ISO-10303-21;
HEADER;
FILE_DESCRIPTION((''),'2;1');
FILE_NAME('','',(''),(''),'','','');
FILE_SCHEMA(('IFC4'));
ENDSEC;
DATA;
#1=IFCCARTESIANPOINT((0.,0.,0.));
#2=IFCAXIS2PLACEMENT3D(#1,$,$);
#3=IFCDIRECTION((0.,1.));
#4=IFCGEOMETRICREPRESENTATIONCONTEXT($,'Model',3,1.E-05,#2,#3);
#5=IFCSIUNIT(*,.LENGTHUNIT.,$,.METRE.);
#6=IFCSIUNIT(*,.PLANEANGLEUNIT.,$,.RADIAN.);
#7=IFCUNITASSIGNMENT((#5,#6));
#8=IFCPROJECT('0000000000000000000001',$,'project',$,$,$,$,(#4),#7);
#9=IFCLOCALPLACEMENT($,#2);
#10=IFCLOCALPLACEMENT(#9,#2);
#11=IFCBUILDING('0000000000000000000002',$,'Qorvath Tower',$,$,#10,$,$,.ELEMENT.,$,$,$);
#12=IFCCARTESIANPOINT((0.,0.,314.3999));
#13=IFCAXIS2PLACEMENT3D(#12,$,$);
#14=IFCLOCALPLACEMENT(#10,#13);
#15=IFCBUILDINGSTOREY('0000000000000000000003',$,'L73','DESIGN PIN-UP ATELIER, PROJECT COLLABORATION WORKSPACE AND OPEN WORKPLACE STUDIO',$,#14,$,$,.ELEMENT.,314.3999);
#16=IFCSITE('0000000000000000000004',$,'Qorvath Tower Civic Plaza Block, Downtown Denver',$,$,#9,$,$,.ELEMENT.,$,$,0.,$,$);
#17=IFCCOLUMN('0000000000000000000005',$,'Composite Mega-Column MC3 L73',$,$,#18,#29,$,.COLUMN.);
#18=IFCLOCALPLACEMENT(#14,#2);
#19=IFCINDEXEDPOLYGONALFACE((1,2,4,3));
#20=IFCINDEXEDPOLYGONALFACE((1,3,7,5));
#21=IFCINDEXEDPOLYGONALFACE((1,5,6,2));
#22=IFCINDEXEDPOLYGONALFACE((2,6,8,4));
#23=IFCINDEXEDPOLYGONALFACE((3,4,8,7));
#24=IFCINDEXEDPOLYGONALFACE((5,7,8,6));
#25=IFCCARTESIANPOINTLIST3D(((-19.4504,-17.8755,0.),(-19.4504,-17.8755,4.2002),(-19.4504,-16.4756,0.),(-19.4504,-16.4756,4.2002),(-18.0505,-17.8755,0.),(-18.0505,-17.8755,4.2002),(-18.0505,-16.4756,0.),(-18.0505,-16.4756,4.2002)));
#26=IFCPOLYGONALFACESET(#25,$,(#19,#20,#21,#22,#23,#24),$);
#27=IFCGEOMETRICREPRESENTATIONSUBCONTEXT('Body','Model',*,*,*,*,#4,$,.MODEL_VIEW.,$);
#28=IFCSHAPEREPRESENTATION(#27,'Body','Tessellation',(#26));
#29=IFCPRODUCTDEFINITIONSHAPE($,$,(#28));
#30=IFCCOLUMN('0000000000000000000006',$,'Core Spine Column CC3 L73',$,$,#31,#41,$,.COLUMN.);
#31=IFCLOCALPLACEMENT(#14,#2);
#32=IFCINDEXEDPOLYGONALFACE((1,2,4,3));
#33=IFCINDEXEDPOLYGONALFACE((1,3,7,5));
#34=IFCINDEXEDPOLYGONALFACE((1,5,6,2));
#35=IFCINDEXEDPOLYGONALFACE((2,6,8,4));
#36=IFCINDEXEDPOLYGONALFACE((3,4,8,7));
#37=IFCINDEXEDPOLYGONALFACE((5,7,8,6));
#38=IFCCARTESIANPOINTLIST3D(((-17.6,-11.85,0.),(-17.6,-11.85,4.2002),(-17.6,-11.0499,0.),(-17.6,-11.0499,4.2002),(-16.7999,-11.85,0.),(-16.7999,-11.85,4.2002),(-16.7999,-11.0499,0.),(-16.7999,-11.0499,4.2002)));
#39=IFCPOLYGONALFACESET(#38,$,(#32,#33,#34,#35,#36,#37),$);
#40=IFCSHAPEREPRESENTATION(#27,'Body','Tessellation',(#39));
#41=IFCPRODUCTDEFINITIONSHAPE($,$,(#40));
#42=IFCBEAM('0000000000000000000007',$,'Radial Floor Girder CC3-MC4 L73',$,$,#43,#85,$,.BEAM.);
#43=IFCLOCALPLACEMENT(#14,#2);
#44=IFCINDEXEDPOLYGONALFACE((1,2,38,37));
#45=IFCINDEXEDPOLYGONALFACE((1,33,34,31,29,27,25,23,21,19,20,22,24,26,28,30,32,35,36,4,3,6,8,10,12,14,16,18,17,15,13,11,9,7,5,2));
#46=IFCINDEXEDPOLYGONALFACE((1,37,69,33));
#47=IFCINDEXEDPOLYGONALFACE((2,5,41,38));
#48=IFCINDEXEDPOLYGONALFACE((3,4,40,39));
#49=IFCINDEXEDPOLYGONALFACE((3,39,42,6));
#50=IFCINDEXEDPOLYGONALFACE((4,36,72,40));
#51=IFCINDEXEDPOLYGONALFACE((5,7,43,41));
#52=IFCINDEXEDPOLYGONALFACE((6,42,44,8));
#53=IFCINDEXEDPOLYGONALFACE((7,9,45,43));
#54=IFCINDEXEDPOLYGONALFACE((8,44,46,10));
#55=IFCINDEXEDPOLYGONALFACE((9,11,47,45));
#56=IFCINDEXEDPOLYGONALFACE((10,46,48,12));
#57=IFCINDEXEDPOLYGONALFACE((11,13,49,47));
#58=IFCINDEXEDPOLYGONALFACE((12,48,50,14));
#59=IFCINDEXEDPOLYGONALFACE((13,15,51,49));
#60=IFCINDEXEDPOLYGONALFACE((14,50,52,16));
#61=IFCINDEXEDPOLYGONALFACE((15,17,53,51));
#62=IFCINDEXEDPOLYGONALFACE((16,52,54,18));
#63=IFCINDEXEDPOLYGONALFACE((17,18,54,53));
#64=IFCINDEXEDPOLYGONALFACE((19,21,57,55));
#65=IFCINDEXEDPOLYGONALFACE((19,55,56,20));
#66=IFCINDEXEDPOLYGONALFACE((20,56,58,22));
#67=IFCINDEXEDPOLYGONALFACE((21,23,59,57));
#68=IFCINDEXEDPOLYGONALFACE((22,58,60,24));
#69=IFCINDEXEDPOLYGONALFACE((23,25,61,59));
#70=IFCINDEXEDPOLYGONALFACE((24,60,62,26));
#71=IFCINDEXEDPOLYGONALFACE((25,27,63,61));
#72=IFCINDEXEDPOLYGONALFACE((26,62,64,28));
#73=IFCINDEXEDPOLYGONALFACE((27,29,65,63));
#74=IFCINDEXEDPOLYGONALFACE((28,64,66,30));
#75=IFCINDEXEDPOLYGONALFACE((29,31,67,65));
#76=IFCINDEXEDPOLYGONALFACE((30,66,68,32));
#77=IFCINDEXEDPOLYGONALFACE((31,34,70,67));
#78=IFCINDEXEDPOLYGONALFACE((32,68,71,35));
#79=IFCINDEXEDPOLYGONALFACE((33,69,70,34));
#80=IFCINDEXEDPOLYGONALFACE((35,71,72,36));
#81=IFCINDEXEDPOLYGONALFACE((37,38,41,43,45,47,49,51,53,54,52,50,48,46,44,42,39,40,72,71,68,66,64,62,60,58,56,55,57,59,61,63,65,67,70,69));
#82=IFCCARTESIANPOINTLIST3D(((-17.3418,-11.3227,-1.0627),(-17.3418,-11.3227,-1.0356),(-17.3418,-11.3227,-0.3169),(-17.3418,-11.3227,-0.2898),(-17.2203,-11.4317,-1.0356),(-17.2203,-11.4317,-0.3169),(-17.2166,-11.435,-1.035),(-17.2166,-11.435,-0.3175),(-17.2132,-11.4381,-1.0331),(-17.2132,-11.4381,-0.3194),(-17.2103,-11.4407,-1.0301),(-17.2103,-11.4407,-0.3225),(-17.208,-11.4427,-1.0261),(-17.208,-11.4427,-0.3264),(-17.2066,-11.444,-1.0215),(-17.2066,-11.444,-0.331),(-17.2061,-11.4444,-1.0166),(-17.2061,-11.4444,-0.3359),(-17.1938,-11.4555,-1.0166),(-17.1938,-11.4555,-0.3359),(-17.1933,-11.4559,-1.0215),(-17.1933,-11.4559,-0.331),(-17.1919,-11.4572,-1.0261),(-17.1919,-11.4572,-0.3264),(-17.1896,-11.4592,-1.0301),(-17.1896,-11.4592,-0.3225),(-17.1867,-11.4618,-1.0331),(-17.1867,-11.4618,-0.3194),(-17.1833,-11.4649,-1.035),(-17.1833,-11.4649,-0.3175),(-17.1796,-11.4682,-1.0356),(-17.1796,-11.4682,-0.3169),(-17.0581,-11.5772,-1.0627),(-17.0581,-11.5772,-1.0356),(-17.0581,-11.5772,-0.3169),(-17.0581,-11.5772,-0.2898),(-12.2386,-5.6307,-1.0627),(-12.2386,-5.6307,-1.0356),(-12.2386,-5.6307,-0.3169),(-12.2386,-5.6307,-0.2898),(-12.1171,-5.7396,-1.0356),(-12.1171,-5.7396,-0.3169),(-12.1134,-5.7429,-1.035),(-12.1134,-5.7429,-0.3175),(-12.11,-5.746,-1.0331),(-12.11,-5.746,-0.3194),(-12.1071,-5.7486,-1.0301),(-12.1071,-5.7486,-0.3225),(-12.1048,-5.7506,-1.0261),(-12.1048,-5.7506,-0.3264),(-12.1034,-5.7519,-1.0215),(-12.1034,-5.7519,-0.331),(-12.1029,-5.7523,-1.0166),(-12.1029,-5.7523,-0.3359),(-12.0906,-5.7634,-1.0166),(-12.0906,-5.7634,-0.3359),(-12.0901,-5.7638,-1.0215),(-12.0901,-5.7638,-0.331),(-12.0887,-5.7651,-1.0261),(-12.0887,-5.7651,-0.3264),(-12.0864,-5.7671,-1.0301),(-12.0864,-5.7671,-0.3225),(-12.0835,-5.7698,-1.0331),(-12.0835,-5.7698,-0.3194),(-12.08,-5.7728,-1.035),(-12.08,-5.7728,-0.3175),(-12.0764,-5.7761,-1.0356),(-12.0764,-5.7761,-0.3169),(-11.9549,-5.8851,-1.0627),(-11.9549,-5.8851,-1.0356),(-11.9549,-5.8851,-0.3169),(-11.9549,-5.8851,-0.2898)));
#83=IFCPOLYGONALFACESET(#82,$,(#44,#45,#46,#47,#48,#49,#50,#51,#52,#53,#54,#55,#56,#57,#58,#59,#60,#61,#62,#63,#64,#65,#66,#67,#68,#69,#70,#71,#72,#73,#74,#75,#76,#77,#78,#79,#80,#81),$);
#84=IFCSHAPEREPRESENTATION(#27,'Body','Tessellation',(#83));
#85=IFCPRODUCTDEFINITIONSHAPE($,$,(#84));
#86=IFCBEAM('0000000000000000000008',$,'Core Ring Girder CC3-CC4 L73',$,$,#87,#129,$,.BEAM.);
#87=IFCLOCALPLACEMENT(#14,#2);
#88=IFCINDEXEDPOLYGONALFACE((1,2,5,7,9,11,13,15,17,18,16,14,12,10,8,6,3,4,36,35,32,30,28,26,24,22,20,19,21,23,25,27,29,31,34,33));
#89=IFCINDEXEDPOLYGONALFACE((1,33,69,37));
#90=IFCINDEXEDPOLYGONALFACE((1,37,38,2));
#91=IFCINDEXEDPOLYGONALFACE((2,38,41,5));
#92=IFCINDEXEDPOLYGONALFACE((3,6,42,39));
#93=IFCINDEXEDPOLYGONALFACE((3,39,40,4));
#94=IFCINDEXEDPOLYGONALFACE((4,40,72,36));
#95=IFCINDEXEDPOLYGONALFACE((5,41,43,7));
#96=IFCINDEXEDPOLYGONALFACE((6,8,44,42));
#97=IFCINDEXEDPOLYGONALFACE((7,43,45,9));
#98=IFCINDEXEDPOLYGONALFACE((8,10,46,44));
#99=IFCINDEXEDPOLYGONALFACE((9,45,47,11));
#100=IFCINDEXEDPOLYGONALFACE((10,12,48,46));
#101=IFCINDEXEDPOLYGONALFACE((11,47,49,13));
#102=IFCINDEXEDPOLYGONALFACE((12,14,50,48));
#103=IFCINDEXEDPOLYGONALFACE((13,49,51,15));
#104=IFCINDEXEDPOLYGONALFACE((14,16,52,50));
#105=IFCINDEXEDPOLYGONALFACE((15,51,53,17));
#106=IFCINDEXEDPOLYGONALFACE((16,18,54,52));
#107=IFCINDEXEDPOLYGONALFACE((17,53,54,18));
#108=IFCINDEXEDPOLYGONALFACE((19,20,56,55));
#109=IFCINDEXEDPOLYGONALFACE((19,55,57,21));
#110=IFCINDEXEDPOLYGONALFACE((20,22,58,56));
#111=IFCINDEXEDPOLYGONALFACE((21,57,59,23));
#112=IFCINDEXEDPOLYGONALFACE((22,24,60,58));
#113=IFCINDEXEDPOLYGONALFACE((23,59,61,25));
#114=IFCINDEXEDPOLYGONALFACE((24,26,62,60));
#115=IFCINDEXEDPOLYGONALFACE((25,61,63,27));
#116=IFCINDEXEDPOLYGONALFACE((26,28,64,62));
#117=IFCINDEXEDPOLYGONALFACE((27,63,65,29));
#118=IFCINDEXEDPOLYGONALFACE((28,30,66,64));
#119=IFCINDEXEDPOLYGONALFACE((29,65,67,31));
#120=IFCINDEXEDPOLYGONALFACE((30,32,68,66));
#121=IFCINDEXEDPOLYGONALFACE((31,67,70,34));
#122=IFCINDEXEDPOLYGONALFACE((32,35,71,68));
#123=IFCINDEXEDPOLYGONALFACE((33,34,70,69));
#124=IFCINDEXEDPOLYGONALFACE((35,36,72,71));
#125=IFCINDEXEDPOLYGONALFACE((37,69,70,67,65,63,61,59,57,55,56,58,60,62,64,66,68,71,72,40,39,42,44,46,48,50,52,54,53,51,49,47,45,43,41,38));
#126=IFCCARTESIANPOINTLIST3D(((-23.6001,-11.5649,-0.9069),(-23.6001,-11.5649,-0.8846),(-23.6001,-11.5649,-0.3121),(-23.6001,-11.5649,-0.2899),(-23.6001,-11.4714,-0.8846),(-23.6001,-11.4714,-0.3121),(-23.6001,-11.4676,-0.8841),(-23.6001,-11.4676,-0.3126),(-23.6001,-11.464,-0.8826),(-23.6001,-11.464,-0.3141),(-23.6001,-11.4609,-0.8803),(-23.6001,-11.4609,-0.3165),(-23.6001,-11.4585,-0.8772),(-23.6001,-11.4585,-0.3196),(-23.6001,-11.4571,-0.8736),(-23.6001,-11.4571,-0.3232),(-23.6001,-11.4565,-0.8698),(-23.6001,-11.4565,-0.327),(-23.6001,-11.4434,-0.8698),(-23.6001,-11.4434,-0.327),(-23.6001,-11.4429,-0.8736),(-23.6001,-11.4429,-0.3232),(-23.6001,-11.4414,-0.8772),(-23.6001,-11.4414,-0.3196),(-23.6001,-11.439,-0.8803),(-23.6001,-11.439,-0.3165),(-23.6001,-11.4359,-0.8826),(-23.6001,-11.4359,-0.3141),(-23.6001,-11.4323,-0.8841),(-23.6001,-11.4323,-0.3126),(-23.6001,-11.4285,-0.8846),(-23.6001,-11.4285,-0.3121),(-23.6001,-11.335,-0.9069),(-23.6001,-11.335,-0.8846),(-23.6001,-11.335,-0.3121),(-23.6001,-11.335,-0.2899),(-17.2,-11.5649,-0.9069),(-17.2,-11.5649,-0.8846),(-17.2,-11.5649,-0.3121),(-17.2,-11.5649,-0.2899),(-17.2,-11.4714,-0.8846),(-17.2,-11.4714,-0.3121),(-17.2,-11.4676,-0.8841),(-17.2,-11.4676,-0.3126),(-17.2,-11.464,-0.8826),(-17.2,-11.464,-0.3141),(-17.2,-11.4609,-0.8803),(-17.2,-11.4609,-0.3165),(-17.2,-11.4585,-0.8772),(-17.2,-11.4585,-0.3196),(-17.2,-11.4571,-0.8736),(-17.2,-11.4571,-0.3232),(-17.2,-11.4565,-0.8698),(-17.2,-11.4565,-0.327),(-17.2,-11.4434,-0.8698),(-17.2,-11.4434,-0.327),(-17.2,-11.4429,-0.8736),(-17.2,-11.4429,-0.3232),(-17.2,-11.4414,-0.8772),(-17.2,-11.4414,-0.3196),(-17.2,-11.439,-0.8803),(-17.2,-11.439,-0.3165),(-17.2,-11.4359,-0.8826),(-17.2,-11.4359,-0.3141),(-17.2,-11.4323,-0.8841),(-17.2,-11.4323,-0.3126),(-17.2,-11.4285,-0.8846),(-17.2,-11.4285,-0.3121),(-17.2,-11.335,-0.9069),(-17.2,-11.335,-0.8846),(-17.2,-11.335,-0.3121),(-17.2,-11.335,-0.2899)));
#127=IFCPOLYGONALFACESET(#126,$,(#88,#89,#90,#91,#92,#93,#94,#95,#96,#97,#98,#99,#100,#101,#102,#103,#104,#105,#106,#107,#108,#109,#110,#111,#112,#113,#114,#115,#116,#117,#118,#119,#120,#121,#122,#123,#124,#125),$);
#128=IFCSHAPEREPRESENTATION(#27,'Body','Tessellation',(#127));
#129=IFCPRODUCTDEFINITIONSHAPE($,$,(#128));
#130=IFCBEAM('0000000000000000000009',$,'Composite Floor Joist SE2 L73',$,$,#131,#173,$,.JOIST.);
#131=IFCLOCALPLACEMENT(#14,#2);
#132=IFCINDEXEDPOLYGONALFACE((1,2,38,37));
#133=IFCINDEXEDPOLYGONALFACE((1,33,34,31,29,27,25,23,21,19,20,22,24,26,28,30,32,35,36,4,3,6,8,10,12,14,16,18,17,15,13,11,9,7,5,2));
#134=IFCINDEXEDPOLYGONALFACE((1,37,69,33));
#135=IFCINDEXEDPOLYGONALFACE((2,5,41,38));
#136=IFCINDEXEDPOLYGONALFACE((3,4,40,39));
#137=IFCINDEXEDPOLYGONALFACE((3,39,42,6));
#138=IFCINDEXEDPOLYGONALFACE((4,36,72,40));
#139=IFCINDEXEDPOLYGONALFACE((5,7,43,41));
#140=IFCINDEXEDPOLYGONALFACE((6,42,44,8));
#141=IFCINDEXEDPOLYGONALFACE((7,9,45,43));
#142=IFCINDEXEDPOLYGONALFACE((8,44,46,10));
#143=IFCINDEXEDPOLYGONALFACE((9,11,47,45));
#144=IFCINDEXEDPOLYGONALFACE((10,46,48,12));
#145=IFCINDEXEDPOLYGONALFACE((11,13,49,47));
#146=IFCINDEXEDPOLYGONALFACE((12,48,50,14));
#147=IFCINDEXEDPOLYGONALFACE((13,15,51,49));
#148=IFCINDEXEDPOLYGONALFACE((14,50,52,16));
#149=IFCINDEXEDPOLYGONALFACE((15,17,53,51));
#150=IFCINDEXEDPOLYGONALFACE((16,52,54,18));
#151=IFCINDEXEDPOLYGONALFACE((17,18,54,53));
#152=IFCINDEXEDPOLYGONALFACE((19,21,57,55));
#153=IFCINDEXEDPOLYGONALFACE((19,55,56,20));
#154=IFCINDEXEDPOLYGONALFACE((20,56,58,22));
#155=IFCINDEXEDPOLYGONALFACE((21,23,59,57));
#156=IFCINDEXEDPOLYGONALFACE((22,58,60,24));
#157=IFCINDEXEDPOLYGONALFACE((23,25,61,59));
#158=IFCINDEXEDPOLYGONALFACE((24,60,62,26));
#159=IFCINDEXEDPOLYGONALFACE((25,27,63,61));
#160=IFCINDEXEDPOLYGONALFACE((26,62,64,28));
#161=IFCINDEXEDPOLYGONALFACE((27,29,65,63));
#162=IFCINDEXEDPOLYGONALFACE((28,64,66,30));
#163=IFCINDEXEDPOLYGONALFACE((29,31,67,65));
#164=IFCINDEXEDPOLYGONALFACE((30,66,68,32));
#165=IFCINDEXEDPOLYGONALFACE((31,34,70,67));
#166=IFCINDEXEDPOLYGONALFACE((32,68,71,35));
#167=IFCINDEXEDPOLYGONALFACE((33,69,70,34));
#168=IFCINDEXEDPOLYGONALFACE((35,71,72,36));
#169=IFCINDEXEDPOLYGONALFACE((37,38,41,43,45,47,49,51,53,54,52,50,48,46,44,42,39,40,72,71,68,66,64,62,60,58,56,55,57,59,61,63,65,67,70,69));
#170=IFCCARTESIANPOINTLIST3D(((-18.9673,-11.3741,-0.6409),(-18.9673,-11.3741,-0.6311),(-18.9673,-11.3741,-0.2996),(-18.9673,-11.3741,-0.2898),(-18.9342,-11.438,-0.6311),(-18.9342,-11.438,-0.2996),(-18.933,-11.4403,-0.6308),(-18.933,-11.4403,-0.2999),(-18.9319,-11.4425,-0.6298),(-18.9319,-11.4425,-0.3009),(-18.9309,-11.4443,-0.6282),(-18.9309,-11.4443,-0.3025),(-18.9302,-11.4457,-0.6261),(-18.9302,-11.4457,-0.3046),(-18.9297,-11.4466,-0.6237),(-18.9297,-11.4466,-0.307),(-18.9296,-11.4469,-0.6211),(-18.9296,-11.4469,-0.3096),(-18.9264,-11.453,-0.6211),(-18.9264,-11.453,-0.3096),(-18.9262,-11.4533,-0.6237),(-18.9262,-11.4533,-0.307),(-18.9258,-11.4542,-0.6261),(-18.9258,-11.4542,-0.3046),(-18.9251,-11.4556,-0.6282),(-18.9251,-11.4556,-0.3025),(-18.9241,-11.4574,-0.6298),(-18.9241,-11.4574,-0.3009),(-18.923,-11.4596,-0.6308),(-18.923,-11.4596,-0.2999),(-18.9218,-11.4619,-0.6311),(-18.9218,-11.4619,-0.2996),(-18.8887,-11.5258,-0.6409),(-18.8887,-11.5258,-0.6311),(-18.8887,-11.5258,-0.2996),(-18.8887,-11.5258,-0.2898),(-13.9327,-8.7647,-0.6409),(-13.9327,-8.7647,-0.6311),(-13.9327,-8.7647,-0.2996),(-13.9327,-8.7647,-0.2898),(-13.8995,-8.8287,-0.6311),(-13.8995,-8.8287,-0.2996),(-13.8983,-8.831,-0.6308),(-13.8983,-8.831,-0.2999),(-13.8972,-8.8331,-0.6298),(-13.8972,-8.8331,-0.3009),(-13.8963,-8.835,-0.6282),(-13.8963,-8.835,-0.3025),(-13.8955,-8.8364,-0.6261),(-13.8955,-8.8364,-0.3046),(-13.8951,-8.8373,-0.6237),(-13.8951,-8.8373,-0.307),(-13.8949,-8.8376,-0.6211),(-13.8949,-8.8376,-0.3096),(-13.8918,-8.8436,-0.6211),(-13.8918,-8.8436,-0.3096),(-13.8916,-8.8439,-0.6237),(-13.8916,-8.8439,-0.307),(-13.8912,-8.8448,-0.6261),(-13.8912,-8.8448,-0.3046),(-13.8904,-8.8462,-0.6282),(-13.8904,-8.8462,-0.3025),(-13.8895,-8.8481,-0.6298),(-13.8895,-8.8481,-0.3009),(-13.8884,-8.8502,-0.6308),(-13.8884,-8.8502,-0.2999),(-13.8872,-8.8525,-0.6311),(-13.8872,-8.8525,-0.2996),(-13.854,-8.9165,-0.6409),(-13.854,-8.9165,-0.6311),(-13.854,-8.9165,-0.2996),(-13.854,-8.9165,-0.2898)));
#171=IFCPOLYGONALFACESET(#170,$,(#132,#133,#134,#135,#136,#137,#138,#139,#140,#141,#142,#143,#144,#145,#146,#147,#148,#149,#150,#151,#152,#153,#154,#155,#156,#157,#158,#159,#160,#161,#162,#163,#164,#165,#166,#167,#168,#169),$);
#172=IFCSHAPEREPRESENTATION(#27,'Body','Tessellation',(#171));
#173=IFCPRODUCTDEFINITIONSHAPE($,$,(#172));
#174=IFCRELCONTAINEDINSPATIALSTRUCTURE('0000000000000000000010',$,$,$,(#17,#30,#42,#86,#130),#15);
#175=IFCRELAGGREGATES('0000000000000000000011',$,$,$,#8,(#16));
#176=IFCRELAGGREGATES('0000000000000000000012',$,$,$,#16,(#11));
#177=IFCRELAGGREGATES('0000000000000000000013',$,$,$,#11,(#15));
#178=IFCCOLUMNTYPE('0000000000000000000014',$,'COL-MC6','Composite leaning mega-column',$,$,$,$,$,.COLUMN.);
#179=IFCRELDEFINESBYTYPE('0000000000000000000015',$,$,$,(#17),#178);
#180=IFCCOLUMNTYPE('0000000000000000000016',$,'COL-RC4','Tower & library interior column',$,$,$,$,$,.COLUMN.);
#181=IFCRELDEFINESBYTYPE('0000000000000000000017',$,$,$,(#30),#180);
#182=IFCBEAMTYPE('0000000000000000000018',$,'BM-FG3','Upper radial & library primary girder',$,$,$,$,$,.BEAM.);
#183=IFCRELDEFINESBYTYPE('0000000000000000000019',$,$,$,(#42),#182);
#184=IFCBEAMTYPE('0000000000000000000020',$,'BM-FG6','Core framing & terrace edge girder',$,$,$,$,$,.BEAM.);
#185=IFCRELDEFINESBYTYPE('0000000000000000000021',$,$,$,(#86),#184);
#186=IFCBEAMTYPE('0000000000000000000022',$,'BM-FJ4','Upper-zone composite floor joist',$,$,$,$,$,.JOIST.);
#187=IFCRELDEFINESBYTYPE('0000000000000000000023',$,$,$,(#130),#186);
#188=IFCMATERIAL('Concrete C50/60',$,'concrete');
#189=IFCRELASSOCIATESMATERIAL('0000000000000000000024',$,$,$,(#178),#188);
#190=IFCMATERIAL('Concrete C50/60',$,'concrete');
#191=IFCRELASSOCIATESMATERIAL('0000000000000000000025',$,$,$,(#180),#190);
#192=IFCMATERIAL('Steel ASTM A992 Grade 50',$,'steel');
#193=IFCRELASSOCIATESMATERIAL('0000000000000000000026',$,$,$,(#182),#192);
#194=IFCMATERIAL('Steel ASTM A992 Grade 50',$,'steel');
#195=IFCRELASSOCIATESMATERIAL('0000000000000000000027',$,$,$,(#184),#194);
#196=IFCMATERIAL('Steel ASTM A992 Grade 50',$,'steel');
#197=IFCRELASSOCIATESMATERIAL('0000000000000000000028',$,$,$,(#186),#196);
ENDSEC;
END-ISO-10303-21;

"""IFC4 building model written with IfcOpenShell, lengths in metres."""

from ifc_helpers import new_model, si_unit, direction, frame, origin, origin_2d, place, context, subcontext, project, spatial, rectangle, i_section, extrude, material, material_profile, profile_set, type_object, element, save


model = new_model("IFC4")

# Units and contexts
model_context = context("Model", 3, precision=1e-05, world=origin(), true_north=direction((0.0, 1.0)))
body_context = subcontext(model_context, "Body", "Model", "MODEL_VIEW")
ifc_project = project(units=[si_unit("LENGTHUNIT", "METRE"), si_unit("PLANEANGLEUNIT", "RADIAN")], contexts=[model_context])

# Site, building, storey
site_placement = place(None, origin())
site = spatial("IfcSite", under=ifc_project, at=site_placement, Name="Qorvath Tower Civic Plaza Block, Downtown Denver", CompositionType="ELEMENT", RefElevation=0.0)
building_placement = place(site_placement, origin())
building = spatial("IfcBuilding", under=site, at=building_placement, Name="Qorvath Tower", CompositionType="ELEMENT")
storey_placement = place(building_placement, frame((0.0, 0.0, 314.3999)))
storey = spatial("IfcBuildingStorey", under=building, at=storey_placement, Name="L73", Description="DESIGN PIN-UP ATELIER, PROJECT COLLABORATION WORKSPACE AND OPEN WORKPLACE STUDIO", CompositionType="ELEMENT", Elevation=314.3999)

# Columns
ifc_material_1 = material(Name="Concrete C50/60", Category="concrete")
ifc_material_profile_1 = material_profile(ifc_material_1, rectangle(XDim=1.3999, YDim=1.3999, at=origin_2d()), Name="MC 1400x1400")
ifc_profile_set_1 = profile_set([ifc_material_profile_1], Name="Concrete C50/60")
column_type_1 = type_object("IfcColumnType", Name="COL-MC6", Description="Composite leaning mega-column", PredefinedType="COLUMN", material=ifc_profile_set_1)
column_1_placement = place(storey_placement, frame((-18.7505, -17.1755, 0.0), z_axis=(0.0, 0.0, 1.0), x_axis=(1.0, 0.0, 0.0)))
element("IfcColumn", 1, at=column_1_placement, inside=storey, type_object=column_type_1, Name="Composite Mega-Column MC3 L73", PredefinedType="COLUMN", context=body_context, shape_type="SweptSolid", body=[
    extrude(rectangle(XDim=1.3999, YDim=1.3999, at=origin_2d()), origin(), (0.0, 0.0, 1.0), 4.2002),
])
ifc_material_2 = material(Name="Concrete C50/60", Category="concrete")
ifc_material_profile_2 = material_profile(ifc_material_2, rectangle(XDim=0.8, YDim=0.8, at=origin_2d()), Name="RC 800x800")
ifc_profile_set_2 = profile_set([ifc_material_profile_2], Name="Concrete C50/60")
column_type_2 = type_object("IfcColumnType", Name="COL-RC4", Description="Tower & library interior column", PredefinedType="COLUMN", material=ifc_profile_set_2)
column_2_placement = place(storey_placement, frame((-17.2, -11.45, 0.0), z_axis=(0.0, 0.0, 1.0), x_axis=(1.0, 0.0, 0.0)))
element("IfcColumn", 2, at=column_2_placement, inside=storey, type_object=column_type_2, Name="Core Spine Column CC3 L73", PredefinedType="COLUMN", context=body_context, shape_type="SweptSolid", body=[
    extrude(rectangle(XDim=0.8, YDim=0.8, at=origin_2d()), origin(), (0.0, 0.0, 1.0), 4.2002),
])

# Beams
ifc_material_3 = material(Name="Steel ASTM A992 Grade 50", Category="steel")
ifc_material_profile_3 = material_profile(ifc_material_3, i_section(OverallWidth=0.3811, OverallDepth=0.7729, WebThickness=0.0166, FlangeThickness=0.0271, FilletRadius=0.019, at=origin_2d()), Name="W30x173")
ifc_profile_set_3 = profile_set([ifc_material_profile_3], Name="Steel ASTM A992 Grade 50")
beam_type_1 = type_object("IfcBeamType", Name="BM-FG3", Description="Upper radial & library primary girder", PredefinedType="BEAM", material=ifc_profile_set_3)
beam_1_placement = place(storey_placement, frame((-17.2, -11.45, -0.6763), z_axis=(0.667543, 0.744571, 0.0), x_axis=(-0.744571, 0.667543, 0.0)))
element("IfcBeam", 3, at=beam_1_placement, inside=storey, type_object=beam_type_1, Name="Radial Floor Girder CC3-MC4 L73", PredefinedType="BEAM", context=body_context, shape_type="SweptSolid", body=[
    extrude(i_section(OverallWidth=0.3811, OverallDepth=0.7729, WebThickness=0.0166, FlangeThickness=0.0271, FilletRadius=0.019, at=origin_2d()), origin(), (0.0, 0.0, 1.0), 7.6448),
])
ifc_material_4 = material(Name="Steel ASTM A992 Grade 50", Category="steel")
ifc_material_profile_4 = material_profile(ifc_material_4, i_section(OverallWidth=0.23, OverallDepth=0.6169, WebThickness=0.0132, FlangeThickness=0.0222, FilletRadius=0.0149, at=origin_2d()), Name="W24x94")
ifc_profile_set_4 = profile_set([ifc_material_profile_4], Name="Steel ASTM A992 Grade 50")
beam_type_2 = type_object("IfcBeamType", Name="BM-FG6", Description="Core framing & terrace edge girder", PredefinedType="BEAM", material=ifc_profile_set_4)
beam_2_placement = place(storey_placement, frame((-17.2, -11.45, -0.5984), z_axis=(-1.0, 0.0, 0.0), x_axis=(0.0, -1.0, 0.0)))
element("IfcBeam", 4, at=beam_2_placement, inside=storey, type_object=beam_type_2, Name="Core Ring Girder CC3-CC4 L73", PredefinedType="BEAM", context=body_context, shape_type="SweptSolid", body=[
    extrude(i_section(OverallWidth=0.23, OverallDepth=0.6169, WebThickness=0.0132, FlangeThickness=0.0222, FilletRadius=0.0149, at=origin_2d()), origin(), (0.0, 0.0, 1.0), 6.4001),
])
ifc_material_5 = material(Name="Steel ASTM A992 Grade 50", Category="steel")
ifc_material_profile_5 = material_profile(ifc_material_5, i_section(OverallWidth=0.1709, OverallDepth=0.3511, WebThickness=0.0068, FlangeThickness=0.0098, FilletRadius=0.01, at=origin_2d()), Name="W14x30")
ifc_profile_set_5 = profile_set([ifc_material_profile_5], Name="Steel ASTM A992 Grade 50")
beam_type_3 = type_object("IfcBeamType", Name="BM-FJ4", Description="Upper-zone composite floor joist", PredefinedType="JOIST", material=ifc_profile_set_5)
beam_3_placement = place(storey_placement, frame((-18.928, -11.45, -0.4653), z_axis=(0.887841, 0.460151, 0.0), x_axis=(-0.460151, 0.887841, 0.0)))
element("IfcBeam", 5, at=beam_3_placement, inside=storey, type_object=beam_type_3, Name="Composite Floor Joist SE2 L73", PredefinedType="JOIST", context=body_context, shape_type="SweptSolid", body=[
    extrude(i_section(OverallWidth=0.1709, OverallDepth=0.3511, WebThickness=0.0068, FlangeThickness=0.0098, FilletRadius=0.01, at=origin_2d()), origin(), (0.0, 0.0, 1.0), 5.6707),
])

save(model, "model.ifc")
